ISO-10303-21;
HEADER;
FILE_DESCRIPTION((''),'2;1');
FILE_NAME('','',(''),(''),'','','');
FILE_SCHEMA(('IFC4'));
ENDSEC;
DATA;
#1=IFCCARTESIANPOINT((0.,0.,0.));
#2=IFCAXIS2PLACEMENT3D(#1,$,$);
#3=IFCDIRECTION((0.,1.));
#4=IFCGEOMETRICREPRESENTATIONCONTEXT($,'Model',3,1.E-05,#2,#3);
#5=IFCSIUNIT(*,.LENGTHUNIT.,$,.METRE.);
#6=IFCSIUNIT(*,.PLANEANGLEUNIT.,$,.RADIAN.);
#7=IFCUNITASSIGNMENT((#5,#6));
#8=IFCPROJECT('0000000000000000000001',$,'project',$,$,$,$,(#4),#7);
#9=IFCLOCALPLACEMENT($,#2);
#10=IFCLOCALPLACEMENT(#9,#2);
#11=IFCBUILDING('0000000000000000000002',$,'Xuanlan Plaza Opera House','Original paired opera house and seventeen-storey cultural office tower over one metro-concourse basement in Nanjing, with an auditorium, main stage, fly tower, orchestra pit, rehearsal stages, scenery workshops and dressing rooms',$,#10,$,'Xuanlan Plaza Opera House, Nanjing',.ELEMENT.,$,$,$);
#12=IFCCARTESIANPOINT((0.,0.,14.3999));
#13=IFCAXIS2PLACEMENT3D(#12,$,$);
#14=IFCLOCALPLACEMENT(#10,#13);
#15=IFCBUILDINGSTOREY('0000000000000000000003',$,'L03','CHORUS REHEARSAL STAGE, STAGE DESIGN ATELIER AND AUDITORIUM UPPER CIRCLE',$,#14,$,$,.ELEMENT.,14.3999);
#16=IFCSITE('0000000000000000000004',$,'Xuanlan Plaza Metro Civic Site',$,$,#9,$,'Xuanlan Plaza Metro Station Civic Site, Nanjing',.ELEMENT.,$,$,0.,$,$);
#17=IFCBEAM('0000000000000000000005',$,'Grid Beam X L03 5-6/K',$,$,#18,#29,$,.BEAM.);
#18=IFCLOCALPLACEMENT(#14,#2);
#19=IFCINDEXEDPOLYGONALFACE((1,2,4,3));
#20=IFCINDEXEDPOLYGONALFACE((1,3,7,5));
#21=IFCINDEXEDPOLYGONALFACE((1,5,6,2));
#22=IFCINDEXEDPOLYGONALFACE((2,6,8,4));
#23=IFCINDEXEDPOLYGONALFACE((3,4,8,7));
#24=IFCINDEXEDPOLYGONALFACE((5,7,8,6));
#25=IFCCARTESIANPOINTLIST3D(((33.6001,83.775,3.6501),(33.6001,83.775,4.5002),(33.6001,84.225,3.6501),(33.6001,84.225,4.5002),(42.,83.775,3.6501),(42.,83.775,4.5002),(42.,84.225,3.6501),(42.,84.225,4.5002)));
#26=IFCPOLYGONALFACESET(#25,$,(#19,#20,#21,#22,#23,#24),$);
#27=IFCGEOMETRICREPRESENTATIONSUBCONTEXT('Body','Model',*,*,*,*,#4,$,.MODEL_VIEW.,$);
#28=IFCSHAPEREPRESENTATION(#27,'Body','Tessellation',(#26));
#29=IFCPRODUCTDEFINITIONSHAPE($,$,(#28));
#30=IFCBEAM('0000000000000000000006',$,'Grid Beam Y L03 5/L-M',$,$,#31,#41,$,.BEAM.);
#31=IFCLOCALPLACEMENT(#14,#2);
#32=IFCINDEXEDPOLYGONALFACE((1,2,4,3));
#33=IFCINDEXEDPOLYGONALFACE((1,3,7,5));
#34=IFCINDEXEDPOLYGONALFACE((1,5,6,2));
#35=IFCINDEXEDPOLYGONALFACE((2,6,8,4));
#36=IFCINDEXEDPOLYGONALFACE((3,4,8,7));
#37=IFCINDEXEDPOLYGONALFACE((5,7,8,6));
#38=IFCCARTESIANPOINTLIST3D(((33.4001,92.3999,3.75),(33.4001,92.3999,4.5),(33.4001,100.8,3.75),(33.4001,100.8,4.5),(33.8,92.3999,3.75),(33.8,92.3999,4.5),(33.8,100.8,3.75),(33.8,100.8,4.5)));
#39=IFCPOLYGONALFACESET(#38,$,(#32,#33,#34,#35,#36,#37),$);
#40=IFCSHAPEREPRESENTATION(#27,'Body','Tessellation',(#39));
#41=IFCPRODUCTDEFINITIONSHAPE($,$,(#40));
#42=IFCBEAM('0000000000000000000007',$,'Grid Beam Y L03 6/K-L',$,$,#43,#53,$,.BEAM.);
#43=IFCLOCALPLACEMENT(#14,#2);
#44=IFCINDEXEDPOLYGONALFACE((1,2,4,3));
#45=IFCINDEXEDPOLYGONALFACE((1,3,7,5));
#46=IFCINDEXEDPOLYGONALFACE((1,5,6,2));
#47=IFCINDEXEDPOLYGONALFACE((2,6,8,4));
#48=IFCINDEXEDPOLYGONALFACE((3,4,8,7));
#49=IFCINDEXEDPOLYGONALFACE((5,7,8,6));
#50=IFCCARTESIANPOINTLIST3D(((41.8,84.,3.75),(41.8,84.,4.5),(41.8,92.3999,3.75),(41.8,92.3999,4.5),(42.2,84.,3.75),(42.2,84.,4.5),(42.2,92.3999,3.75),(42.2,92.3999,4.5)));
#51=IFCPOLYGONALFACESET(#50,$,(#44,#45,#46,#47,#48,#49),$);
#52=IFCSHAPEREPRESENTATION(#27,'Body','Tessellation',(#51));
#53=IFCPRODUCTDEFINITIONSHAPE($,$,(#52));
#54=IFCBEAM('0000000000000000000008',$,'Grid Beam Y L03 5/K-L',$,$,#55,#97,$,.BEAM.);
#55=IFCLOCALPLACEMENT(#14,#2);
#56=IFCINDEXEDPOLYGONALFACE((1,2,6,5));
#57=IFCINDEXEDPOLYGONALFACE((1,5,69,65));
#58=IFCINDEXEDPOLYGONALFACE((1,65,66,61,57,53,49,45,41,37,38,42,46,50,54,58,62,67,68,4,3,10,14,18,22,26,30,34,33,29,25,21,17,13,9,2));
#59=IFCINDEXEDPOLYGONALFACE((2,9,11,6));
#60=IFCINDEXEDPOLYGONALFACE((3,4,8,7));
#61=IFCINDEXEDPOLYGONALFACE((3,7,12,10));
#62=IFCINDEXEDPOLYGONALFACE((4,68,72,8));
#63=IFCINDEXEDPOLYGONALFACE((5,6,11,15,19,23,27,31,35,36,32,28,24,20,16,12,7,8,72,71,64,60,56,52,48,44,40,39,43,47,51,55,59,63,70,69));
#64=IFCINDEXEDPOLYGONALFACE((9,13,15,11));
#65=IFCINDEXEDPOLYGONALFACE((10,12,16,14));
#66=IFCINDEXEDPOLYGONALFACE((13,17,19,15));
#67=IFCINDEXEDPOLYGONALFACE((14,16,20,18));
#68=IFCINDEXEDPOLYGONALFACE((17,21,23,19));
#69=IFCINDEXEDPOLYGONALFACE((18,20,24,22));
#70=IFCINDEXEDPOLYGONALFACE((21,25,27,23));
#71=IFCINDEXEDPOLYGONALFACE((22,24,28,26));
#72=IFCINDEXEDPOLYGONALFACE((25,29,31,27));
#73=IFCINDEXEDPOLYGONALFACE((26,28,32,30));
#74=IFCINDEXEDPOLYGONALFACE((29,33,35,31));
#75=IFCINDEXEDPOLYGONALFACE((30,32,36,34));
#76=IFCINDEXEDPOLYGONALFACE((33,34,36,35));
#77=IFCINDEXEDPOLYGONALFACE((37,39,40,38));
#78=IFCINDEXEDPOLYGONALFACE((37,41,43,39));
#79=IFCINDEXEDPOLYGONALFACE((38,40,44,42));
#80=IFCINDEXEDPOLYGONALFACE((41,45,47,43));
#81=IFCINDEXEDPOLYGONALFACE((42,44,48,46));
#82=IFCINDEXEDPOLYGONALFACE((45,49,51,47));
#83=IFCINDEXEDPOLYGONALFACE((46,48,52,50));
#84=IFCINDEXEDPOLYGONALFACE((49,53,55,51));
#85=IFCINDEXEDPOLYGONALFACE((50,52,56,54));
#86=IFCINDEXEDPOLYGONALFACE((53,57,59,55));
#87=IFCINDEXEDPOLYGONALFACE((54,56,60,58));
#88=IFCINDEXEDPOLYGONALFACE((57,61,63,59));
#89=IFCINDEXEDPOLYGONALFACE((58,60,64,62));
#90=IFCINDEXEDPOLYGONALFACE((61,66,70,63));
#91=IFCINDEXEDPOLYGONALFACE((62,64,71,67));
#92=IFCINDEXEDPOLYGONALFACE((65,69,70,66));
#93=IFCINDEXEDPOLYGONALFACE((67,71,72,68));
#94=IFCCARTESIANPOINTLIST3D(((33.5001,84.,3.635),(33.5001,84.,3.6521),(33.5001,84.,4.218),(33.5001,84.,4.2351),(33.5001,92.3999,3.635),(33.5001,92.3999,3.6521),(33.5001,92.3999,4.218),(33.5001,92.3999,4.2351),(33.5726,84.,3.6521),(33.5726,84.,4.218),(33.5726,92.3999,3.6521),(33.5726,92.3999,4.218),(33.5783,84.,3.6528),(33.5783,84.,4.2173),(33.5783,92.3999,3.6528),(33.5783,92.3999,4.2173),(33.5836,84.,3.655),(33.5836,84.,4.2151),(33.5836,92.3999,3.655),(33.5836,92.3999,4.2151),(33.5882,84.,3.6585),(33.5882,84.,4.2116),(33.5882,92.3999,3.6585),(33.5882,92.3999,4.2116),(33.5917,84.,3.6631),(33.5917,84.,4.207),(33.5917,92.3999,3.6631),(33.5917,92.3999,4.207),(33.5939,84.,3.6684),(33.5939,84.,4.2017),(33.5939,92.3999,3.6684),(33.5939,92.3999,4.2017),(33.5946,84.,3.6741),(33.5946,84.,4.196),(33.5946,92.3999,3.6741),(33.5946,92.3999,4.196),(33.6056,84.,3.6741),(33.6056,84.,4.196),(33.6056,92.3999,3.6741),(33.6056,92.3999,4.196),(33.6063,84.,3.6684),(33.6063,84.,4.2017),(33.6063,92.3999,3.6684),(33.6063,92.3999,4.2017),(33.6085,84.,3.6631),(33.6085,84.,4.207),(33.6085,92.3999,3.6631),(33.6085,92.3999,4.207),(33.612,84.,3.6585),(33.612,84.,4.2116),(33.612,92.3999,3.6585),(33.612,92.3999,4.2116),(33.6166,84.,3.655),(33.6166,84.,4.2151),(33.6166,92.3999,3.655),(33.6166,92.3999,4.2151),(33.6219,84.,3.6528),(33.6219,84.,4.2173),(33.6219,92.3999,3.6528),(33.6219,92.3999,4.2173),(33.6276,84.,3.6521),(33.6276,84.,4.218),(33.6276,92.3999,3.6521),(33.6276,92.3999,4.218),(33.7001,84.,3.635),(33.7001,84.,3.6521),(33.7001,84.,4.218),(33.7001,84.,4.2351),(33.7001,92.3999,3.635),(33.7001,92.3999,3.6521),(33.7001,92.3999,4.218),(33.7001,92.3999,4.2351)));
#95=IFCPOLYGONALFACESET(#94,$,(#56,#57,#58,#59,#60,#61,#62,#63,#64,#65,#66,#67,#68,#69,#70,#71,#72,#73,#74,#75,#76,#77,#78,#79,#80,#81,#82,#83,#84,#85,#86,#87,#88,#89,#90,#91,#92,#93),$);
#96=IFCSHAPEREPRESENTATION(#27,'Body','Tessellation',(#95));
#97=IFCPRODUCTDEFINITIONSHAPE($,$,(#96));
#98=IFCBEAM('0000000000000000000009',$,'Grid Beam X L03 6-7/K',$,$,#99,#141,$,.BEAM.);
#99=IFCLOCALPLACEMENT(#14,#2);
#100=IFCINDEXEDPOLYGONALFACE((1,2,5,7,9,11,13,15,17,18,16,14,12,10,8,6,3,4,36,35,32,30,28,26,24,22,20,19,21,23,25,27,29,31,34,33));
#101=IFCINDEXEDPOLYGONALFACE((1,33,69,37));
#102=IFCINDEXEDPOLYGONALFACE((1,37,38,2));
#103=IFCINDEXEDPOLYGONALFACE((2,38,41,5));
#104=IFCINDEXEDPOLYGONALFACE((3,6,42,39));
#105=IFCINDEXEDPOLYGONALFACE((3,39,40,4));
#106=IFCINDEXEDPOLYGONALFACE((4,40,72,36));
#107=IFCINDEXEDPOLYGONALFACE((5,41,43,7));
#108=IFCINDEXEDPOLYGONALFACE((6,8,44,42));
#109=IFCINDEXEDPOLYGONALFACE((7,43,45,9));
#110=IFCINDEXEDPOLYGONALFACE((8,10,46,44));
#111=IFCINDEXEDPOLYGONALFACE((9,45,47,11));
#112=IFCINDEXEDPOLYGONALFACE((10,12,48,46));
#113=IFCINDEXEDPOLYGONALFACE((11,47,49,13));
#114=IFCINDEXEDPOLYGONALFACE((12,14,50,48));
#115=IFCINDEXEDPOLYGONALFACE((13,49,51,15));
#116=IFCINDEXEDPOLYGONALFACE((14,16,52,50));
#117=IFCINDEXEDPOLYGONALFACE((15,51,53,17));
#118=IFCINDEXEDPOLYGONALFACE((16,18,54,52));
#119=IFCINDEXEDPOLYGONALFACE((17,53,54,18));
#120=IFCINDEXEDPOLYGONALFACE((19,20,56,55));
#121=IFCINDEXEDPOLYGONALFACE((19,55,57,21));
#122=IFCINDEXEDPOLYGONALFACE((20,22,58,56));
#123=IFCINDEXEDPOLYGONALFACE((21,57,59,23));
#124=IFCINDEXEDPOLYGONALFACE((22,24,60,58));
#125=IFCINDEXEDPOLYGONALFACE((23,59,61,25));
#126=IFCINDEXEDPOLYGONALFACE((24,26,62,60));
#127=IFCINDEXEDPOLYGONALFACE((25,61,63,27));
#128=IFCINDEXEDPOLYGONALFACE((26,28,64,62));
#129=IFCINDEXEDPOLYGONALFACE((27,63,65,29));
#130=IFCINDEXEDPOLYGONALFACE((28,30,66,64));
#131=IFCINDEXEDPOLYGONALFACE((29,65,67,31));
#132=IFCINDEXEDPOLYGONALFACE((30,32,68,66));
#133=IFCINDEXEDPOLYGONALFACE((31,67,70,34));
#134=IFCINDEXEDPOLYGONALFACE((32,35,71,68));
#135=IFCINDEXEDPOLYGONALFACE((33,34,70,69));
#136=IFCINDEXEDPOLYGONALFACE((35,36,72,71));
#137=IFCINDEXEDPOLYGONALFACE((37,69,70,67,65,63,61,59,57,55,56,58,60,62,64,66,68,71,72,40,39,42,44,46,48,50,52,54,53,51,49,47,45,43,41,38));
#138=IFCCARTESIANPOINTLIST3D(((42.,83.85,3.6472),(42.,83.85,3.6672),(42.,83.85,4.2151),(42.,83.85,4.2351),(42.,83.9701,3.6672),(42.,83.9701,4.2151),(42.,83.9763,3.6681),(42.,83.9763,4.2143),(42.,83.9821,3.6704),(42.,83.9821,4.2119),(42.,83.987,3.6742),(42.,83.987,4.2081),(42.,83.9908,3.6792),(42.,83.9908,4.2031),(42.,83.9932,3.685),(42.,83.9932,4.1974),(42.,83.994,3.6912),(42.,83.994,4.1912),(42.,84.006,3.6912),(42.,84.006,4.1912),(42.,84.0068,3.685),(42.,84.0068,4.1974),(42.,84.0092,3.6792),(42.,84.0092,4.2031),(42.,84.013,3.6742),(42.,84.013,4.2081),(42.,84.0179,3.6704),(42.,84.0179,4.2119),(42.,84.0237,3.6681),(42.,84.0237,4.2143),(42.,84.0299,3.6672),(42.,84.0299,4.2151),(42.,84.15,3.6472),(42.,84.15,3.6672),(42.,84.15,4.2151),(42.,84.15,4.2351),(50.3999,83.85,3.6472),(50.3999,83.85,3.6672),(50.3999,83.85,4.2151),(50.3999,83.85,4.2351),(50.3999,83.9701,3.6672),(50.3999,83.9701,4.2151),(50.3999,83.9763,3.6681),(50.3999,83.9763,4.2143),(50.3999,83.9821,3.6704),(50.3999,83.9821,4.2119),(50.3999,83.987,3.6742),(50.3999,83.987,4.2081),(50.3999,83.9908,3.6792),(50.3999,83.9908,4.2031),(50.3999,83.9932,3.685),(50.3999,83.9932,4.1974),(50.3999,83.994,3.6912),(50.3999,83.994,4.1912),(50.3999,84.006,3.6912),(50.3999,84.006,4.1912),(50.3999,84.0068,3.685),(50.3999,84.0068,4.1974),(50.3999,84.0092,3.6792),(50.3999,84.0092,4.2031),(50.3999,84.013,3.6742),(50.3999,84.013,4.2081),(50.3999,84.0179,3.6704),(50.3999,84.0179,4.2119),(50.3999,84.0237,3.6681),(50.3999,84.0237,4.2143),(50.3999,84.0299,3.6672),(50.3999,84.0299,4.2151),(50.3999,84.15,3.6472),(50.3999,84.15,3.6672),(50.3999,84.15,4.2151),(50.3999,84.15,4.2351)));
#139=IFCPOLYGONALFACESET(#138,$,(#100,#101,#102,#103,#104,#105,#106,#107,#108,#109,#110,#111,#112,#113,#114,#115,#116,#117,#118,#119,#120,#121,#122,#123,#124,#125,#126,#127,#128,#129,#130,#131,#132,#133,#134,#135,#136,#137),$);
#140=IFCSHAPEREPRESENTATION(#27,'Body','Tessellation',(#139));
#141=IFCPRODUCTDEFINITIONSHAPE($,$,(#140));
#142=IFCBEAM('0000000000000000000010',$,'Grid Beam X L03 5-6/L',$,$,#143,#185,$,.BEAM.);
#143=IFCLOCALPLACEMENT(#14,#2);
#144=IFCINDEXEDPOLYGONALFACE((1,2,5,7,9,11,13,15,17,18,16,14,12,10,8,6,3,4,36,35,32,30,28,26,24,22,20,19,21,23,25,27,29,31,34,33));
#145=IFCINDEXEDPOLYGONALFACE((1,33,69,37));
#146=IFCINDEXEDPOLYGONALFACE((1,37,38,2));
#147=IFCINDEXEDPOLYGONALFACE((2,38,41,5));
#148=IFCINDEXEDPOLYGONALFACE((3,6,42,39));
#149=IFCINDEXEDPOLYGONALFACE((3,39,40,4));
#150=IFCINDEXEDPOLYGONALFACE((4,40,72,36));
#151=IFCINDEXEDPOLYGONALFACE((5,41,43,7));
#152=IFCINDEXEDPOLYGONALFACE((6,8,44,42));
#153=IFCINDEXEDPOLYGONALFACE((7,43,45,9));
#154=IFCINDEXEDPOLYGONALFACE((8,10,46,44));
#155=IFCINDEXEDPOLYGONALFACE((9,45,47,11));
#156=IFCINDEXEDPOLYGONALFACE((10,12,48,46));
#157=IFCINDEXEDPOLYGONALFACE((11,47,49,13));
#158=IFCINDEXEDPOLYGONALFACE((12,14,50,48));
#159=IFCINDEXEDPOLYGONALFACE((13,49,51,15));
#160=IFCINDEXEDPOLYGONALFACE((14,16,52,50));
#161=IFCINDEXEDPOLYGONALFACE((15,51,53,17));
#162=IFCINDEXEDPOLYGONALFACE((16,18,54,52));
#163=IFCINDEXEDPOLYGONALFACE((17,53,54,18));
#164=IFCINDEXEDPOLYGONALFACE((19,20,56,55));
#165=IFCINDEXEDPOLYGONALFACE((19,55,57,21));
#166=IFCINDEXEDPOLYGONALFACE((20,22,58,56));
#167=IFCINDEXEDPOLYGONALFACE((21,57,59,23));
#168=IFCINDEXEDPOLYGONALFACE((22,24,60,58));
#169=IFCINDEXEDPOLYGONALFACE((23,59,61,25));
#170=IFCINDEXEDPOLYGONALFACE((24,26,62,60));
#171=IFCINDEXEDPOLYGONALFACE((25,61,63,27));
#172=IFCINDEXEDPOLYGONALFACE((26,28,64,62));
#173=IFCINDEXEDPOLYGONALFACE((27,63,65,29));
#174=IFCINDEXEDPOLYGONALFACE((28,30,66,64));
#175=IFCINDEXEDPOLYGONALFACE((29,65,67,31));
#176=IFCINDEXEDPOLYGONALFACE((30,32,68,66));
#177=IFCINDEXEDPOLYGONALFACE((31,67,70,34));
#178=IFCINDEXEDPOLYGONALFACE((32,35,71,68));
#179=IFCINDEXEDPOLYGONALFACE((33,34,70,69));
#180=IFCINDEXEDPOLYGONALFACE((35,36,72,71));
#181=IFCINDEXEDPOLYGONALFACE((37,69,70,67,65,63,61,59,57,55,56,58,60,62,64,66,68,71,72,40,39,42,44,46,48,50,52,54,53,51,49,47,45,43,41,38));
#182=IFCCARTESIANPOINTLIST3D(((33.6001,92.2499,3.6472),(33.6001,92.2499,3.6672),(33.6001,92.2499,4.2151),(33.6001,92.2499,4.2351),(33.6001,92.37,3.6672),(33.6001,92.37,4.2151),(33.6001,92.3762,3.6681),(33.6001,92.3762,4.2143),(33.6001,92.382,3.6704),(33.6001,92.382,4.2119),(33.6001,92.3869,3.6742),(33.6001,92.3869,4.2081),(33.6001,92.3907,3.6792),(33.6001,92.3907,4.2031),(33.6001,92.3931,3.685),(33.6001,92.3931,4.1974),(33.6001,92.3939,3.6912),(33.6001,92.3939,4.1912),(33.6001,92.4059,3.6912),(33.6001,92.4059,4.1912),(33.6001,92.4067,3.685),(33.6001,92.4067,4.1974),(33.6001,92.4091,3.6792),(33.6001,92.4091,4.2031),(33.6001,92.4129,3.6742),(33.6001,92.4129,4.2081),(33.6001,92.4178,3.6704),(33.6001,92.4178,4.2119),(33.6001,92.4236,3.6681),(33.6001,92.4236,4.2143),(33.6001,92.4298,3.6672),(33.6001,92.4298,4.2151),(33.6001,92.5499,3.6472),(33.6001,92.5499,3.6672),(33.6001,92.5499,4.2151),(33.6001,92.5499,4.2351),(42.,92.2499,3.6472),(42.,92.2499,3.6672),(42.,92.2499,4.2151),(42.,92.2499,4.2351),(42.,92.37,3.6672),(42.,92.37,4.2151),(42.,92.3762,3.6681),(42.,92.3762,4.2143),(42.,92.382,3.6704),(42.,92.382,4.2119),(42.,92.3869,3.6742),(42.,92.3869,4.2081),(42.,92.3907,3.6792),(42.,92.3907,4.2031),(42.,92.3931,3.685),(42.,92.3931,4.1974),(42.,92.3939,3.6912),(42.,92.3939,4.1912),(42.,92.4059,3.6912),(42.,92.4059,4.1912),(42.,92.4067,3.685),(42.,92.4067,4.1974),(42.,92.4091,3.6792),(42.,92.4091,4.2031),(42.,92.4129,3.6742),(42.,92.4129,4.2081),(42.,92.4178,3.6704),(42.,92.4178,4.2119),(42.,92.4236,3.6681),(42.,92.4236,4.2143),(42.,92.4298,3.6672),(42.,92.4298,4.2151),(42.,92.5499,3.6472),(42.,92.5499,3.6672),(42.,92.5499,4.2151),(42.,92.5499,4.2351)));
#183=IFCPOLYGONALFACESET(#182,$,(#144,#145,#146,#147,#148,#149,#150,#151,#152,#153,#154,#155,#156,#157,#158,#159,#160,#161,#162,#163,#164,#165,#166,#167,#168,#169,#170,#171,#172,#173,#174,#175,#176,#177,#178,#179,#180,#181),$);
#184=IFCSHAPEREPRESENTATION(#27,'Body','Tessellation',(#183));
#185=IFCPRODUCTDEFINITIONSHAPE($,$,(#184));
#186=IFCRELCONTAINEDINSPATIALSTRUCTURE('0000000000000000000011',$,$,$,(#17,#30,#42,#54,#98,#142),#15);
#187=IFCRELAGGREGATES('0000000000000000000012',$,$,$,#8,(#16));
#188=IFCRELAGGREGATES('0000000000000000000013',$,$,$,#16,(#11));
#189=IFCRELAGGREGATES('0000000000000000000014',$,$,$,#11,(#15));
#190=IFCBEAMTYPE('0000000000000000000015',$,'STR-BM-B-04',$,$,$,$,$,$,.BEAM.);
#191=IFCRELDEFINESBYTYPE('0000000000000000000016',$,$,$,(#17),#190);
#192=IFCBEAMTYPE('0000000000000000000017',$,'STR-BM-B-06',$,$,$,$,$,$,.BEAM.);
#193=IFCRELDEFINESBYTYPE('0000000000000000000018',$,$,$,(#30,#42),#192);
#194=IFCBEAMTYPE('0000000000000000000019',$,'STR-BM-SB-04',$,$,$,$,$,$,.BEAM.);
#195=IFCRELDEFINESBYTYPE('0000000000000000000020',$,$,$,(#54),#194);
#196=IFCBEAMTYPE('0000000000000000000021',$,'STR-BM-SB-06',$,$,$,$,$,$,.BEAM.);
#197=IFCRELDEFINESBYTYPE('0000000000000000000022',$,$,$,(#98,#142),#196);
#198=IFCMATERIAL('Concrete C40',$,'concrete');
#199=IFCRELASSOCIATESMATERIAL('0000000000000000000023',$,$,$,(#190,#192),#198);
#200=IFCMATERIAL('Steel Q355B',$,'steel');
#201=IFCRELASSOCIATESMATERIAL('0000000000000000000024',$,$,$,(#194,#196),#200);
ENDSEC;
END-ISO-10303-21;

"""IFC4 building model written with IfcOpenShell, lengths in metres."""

from ifc_helpers import new_model, si_unit, direction, frame, origin, origin_2d, place, context, subcontext, project, spatial, rectangle, i_section, extrude, material, material_profile, profile_set, type_object, element, save


model = new_model("IFC4")

# Units and contexts
model_context = context("Model", 3, precision=1e-05, world=origin(), true_north=direction((0.0, 1.0)))
body_context = subcontext(model_context, "Body", "Model", "MODEL_VIEW")
ifc_project = project(units=[si_unit("LENGTHUNIT", "METRE"), si_unit("PLANEANGLEUNIT", "RADIAN")], contexts=[model_context])

# Site, building, storey
site_placement = place(None, origin())
site = spatial("IfcSite", under=ifc_project, at=site_placement, Name="Xuanlan Plaza Metro Civic Site", LongName="Xuanlan Plaza Metro Station Civic Site, Nanjing", CompositionType="ELEMENT", RefElevation=0.0)
building_placement = place(site_placement, origin())
building = spatial("IfcBuilding", under=site, at=building_placement, Name="Xuanlan Plaza Opera House", Description="Original paired opera house and seventeen-storey cultural office tower over one metro-concourse basement in Nanjing, with an auditorium, main stage, fly tower, orchestra pit, rehearsal stages, scenery workshops and dressing rooms", LongName="Xuanlan Plaza Opera House, Nanjing", CompositionType="ELEMENT")
storey_placement = place(building_placement, frame((0.0, 0.0, 14.3999)))
storey = spatial("IfcBuildingStorey", under=building, at=storey_placement, Name="L03", Description="CHORUS REHEARSAL STAGE, STAGE DESIGN ATELIER AND AUDITORIUM UPPER CIRCLE", CompositionType="ELEMENT", Elevation=14.3999)

# Shared definitions
ifc_material_1 = material(Name="Concrete C40", Category="concrete")

# Beams
ifc_material_profile_1 = material_profile(ifc_material_1, rectangle(XDim=0.45, YDim=0.8501, at=origin_2d()), Name="RC-BM 450x850")
ifc_profile_set_1 = profile_set([ifc_material_profile_1], Name="Concrete C40")
beam_type_1 = type_object("IfcBeamType", Name="STR-BM-B-04", PredefinedType="BEAM", material=ifc_profile_set_1)
beam_1_placement = place(storey_placement, frame((33.6001, 84.0, 4.0752), z_axis=(1.0, 0.0, 0.0), x_axis=(0.0, 1.0, 0.0)))
element("IfcBeam", 1, at=beam_1_placement, inside=storey, type_object=beam_type_1, Name="Grid Beam X L03 5-6/K", PredefinedType="BEAM", context=body_context, shape_type="SweptSolid", body=[
    extrude(rectangle(XDim=0.45, YDim=0.8501, at=origin_2d()), origin(), (0.0, 0.0, 1.0), 8.3999),
])
ifc_material_profile_2 = material_profile(ifc_material_1, rectangle(XDim=0.3999, YDim=0.75, at=origin_2d()), Name="RC-BM 400x750")
ifc_profile_set_2 = profile_set([ifc_material_profile_2], Name="Concrete C40")
beam_type_2 = type_object("IfcBeamType", Name="STR-BM-B-06", PredefinedType="BEAM", material=ifc_profile_set_2)
beam_2_placement = place(storey_placement, frame((33.6001, 92.3999, 4.125), z_axis=(0.0, 1.0, 0.0), x_axis=(-1.0, 0.0, 0.0)))
element("IfcBeam", 2, at=beam_2_placement, inside=storey, type_object=beam_type_2, Name="Grid Beam Y L03 5/L-M", PredefinedType="BEAM", context=body_context, shape_type="SweptSolid", body=[
    extrude(rectangle(XDim=0.3999, YDim=0.75, at=origin_2d()), origin(), (0.0, 0.0, 1.0), 8.4001),
])
beam_3_placement = place(storey_placement, frame((42.0, 84.0, 4.125), z_axis=(0.0, 1.0, 0.0), x_axis=(-1.0, 0.0, 0.0)))
element("IfcBeam", 3, at=beam_3_placement, inside=storey, type_object=beam_type_2, Name="Grid Beam Y L03 6/K-L", PredefinedType="BEAM", context=body_context, shape_type="SweptSolid", body=[
    extrude(rectangle(XDim=0.3999, YDim=0.75, at=origin_2d()), origin(), (0.0, 0.0, 1.0), 8.3999),
])
ifc_material_2 = material(Name="Steel Q355B", Category="steel")
ifc_material_profile_3 = material_profile(ifc_material_2, i_section(OverallWidth=0.2, OverallDepth=0.6001, WebThickness=0.011, FlangeThickness=0.0171, FilletRadius=0.022, at=origin_2d()), Name="HN 600x200x11x17")
ifc_profile_set_3 = profile_set([ifc_material_profile_3], Name="Steel Q355B")
beam_type_3 = type_object("IfcBeamType", Name="STR-BM-SB-04", PredefinedType="BEAM", material=ifc_profile_set_3)
beam_4_placement = place(storey_placement, frame((33.6001, 84.0, 3.9351), z_axis=(0.0, 1.0, 0.0), x_axis=(-1.0, 0.0, 0.0)))
element("IfcBeam", 4, at=beam_4_placement, inside=storey, type_object=beam_type_3, Name="Grid Beam Y L03 5/K-L", PredefinedType="BEAM", context=body_context, shape_type="SweptSolid", body=[
    extrude(i_section(OverallWidth=0.2, OverallDepth=0.6001, WebThickness=0.011, FlangeThickness=0.0171, FilletRadius=0.022, at=origin_2d()), origin(), (0.0, 0.0, 1.0), 8.3999),
])
ifc_material_profile_4 = material_profile(ifc_material_2, i_section(OverallWidth=0.3, OverallDepth=0.5879, WebThickness=0.012, FlangeThickness=0.02, FilletRadius=0.0239, at=origin_2d()), Name="HM 588x300x12x20")
ifc_profile_set_4 = profile_set([ifc_material_profile_4], Name="Steel Q355B")
beam_type_4 = type_object("IfcBeamType", Name="STR-BM-SB-06", PredefinedType="BEAM", material=ifc_profile_set_4)
for number, where, z_axis, x_axis, name in (
    (5, (42.0, 84.0, 3.9412), (1.0, 0.0, 0.0), (0.0, 1.0, 0.0), "Grid Beam X L03 6-7/K"),
    (6, (33.6001, 92.3999, 3.9412), (1.0, 0.0, 0.0), (0.0, 1.0, 0.0), "Grid Beam X L03 5-6/L"),
):
    element("IfcBeam", number, at=place(storey_placement, frame(where, z_axis=z_axis, x_axis=x_axis)), inside=storey, type_object=beam_type_4, Name=name, PredefinedType="BEAM", context=body_context, shape_type="SweptSolid", body=[
        extrude(i_section(OverallWidth=0.3, OverallDepth=0.5879, WebThickness=0.012, FlangeThickness=0.02, FilletRadius=0.0239, at=origin_2d()), origin(), (0.0, 0.0, 1.0), 8.3999),
    ])

save(model, "model.ifc")
